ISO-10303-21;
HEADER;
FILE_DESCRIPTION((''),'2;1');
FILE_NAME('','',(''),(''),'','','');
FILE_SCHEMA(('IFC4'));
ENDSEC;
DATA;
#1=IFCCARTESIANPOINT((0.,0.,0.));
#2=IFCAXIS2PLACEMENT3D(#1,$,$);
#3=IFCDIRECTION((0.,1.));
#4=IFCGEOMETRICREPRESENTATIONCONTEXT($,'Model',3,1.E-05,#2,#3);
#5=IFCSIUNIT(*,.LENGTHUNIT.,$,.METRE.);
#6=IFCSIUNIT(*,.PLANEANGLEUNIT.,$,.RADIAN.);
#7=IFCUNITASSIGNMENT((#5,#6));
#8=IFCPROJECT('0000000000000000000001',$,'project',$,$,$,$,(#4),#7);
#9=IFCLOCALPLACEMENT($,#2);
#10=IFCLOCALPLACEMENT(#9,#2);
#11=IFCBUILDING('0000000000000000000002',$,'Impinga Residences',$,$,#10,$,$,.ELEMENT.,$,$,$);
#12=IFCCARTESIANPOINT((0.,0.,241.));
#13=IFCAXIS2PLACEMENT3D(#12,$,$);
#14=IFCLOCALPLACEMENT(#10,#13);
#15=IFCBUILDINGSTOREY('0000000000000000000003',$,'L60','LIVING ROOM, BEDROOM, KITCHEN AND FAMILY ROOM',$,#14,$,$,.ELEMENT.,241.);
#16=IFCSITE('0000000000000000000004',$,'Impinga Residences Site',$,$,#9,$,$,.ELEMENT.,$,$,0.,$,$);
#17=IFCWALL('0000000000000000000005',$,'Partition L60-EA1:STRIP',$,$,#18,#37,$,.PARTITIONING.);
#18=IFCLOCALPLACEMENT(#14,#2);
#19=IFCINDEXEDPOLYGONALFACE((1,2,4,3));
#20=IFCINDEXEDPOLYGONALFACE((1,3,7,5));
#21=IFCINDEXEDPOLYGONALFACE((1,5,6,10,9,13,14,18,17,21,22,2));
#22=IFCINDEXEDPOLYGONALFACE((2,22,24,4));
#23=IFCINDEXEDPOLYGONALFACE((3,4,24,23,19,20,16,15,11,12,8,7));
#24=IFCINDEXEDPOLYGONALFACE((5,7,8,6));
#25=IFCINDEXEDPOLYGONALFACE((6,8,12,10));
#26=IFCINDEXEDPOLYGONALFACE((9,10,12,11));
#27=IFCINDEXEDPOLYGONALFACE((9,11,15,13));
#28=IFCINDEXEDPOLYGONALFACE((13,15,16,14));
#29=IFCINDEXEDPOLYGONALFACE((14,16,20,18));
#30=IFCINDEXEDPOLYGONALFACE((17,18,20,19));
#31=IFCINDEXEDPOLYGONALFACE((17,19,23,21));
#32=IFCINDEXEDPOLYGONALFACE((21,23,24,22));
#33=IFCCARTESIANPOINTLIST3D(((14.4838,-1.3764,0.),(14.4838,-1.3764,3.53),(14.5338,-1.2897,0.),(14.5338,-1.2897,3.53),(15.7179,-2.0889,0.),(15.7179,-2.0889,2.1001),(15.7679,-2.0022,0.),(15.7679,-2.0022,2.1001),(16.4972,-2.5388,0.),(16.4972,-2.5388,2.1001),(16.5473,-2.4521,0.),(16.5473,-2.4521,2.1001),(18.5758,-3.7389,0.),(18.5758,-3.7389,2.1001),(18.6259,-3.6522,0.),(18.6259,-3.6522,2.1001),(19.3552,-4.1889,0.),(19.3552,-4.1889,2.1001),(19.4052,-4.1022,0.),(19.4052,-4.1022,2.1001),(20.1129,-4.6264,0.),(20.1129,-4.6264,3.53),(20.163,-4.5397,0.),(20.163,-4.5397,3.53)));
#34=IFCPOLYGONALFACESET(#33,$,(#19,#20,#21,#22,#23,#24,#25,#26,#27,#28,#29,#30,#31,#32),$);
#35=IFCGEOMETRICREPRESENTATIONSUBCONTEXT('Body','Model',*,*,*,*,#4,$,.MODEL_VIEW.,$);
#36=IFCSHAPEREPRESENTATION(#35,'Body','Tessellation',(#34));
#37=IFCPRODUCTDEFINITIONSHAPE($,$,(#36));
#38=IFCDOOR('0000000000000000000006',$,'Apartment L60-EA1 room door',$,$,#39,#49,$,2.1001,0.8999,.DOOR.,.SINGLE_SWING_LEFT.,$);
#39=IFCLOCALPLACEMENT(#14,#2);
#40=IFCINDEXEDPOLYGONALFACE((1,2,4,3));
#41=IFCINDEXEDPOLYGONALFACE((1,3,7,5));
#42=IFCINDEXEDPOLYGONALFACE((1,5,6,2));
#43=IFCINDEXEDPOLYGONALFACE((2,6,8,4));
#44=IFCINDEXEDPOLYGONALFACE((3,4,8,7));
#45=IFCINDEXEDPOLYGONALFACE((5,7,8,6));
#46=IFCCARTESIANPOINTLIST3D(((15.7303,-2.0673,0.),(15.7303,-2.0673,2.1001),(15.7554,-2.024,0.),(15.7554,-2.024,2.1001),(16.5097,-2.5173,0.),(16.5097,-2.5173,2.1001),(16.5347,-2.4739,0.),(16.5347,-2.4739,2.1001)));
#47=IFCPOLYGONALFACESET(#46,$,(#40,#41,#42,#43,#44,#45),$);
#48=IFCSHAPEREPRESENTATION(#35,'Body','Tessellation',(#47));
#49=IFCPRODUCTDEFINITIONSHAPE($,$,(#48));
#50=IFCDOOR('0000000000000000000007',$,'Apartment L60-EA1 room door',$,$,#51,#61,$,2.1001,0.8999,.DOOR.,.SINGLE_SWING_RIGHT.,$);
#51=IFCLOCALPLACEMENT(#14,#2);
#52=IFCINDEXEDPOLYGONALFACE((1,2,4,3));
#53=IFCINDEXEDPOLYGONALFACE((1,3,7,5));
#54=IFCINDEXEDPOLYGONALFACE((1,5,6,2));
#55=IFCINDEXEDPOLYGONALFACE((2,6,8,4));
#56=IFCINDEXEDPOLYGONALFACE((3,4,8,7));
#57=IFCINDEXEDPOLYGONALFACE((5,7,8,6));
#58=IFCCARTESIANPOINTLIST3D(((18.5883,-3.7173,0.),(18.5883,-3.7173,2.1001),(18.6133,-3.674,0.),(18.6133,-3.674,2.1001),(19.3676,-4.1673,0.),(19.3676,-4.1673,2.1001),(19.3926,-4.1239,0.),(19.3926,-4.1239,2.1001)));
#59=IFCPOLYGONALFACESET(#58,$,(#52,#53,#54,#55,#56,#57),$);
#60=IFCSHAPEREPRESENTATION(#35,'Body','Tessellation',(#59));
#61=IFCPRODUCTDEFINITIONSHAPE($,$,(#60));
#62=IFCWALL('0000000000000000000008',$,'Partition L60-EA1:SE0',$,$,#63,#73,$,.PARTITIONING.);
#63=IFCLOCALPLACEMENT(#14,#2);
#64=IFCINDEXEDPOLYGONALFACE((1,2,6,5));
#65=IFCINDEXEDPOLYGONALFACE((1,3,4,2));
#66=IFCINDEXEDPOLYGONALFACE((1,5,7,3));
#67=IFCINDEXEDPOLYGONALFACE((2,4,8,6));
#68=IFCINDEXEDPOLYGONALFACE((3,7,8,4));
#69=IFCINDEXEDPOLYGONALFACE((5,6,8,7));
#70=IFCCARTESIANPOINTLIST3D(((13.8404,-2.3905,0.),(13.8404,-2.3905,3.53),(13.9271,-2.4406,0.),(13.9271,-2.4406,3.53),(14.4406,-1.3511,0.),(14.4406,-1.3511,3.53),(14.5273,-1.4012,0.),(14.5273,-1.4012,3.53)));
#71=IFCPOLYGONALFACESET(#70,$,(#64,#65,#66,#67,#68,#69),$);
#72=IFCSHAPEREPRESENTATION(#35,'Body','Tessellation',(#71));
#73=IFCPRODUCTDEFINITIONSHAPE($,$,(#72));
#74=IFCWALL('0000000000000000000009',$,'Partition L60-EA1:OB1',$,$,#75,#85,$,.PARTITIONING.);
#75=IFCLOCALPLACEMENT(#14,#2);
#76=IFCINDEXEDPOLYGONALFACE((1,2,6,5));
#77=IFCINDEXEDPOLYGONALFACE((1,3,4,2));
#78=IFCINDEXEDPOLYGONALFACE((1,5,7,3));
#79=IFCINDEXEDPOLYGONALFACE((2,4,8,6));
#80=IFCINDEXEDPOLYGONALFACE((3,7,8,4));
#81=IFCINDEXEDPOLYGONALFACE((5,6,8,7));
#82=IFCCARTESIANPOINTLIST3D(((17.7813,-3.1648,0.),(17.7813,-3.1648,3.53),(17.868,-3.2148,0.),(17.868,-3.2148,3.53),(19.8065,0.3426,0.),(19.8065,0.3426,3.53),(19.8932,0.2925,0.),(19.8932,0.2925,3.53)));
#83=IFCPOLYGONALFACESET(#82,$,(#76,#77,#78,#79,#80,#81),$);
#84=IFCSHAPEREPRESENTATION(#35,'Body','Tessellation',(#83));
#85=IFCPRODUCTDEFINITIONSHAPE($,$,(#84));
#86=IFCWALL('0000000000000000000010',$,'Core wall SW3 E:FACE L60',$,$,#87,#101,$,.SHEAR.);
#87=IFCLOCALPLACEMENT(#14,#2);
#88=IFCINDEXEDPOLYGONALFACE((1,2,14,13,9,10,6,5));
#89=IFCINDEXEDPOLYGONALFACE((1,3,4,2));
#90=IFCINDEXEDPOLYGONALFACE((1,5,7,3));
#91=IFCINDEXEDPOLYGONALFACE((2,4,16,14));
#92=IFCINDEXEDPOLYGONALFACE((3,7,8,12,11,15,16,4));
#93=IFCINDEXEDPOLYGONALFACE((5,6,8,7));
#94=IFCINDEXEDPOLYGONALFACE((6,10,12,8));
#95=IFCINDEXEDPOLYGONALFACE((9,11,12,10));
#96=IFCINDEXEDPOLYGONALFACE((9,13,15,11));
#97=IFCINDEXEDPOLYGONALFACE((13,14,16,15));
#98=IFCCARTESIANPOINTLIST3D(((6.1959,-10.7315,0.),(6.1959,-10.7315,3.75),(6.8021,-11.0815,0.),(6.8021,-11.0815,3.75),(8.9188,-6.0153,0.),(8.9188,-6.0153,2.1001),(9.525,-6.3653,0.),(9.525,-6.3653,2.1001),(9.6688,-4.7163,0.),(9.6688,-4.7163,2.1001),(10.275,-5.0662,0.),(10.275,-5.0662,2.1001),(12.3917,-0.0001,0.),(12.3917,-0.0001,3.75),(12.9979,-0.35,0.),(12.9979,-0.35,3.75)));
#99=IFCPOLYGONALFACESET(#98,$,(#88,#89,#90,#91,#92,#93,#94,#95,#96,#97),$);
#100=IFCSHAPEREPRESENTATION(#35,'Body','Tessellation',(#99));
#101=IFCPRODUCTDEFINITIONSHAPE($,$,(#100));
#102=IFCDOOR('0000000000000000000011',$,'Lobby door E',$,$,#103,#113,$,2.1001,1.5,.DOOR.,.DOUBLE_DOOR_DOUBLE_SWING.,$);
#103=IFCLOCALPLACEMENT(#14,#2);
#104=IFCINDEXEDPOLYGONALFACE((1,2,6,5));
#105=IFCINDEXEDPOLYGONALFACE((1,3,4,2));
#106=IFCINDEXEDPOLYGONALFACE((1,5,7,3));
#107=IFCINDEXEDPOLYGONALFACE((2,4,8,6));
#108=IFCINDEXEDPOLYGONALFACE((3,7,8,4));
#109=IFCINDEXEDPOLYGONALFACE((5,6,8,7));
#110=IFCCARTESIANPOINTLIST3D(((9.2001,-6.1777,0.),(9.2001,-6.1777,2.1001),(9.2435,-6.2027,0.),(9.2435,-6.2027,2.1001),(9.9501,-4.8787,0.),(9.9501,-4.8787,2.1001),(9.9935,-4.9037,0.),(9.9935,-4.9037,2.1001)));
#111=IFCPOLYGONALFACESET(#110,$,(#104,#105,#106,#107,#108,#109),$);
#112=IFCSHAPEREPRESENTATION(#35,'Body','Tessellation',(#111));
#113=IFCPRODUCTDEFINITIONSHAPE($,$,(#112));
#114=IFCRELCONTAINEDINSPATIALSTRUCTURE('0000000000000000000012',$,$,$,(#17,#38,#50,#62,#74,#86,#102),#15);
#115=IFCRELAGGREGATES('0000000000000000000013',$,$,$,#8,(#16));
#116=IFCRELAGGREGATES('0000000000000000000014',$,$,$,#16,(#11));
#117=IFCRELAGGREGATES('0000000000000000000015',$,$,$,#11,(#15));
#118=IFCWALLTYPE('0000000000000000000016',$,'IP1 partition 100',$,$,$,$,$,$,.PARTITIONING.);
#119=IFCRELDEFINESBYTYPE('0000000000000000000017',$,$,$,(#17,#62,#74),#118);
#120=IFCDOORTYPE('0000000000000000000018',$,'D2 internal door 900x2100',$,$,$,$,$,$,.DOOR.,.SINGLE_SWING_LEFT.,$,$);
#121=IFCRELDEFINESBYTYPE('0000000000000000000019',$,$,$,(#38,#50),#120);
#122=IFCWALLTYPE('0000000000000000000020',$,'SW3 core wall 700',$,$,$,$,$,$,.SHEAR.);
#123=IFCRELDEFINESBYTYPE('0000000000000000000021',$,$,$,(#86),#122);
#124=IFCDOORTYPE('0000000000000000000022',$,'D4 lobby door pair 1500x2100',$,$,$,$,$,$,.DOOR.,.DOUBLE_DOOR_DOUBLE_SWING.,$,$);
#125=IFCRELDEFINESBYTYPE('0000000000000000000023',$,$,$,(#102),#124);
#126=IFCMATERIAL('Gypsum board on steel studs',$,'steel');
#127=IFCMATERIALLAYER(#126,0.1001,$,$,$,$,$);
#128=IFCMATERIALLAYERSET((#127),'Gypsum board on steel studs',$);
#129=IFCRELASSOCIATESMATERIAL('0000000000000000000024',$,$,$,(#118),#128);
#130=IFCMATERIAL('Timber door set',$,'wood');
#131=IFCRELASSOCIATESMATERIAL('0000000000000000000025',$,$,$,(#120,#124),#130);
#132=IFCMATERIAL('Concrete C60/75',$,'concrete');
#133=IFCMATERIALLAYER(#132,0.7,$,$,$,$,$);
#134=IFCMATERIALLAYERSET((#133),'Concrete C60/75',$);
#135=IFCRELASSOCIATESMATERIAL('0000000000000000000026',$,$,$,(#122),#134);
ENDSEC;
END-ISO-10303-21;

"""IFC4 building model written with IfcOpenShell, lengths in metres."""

from ifc_helpers import new_model, si_unit, direction, frame, frame_2d, origin, place, context, subcontext, project, spatial, rectangle, extrude, material, layer, layer_set, type_object, element, fill, save


model = new_model("IFC4")

# Units and contexts
model_context = context("Model", 3, precision=1e-05, world=origin(), true_north=direction((0.0, 1.0)))
body_context = subcontext(model_context, "Body", "Model", "MODEL_VIEW")
ifc_project = project(units=[si_unit("LENGTHUNIT", "METRE"), si_unit("PLANEANGLEUNIT", "RADIAN")], contexts=[model_context])

# Site, building, storey
site_placement = place(None, origin())
site = spatial("IfcSite", under=ifc_project, at=site_placement, Name="Impinga Residences Site", CompositionType="ELEMENT", RefElevation=0.0)
building_placement = place(site_placement, origin())
building = spatial("IfcBuilding", under=site, at=building_placement, Name="Impinga Residences", CompositionType="ELEMENT")
storey_placement = place(building_placement, frame((0.0, 0.0, 241.0)))
storey = spatial("IfcBuildingStorey", under=building, at=storey_placement, Name="L60", Description="LIVING ROOM, BEDROOM, KITCHEN AND FAMILY ROOM", CompositionType="ELEMENT", Elevation=241.0)

# Shared definitions
ifc_material_1 = material(Name="Concrete C60/75", Category="concrete")

# Shared definitions
ifc_material_2 = material(Name="Gypsum board on steel studs", Category="steel")
ifc_layer_1 = layer(ifc_material_2, 0.1001)
ifc_layer_set_1 = layer_set([ifc_layer_1], Name="Gypsum board on steel studs")
wall_type_1 = type_object("IfcWallType", Name="IP1 partition 100", PredefinedType="PARTITIONING", material=ifc_layer_set_1)

# Wall, openings, doors
wall_1_placement = place(storey_placement, frame((14.5088, -1.333, 0.0), z_axis=(0.0, 0.0, 1.0), x_axis=(0.866025, -0.500001, 0.0)))
wall_1 = element("IfcWall", 1, at=wall_1_placement, inside=storey, type_object=wall_type_1, Name="Partition L60-EA1:STRIP", PredefinedType="PARTITIONING", context=body_context, shape_type="SweptSolid", body=[
    extrude(rectangle(XDim=6.5, YDim=0.1001, at=frame_2d((3.25, 0.0))), origin(), (0.0, 0.0, 1.0), 3.53),
])
opening_1_placement = place(wall_1_placement, frame((1.425, 0.0, 0.0)))
opening_1 = element("IfcOpeningElement", 2, at=opening_1_placement, cuts=wall_1, PredefinedType="OPENING", context=body_context, shape_type="SweptSolid", body=[
    extrude(rectangle(XDim=0.8999, YDim=2.1001, at=frame_2d((0.45, 1.05))), frame((0.0, 0.0601, 0.0), z_axis=(0.0, -1.0, 0.0), x_axis=(1.0, 0.0, 0.0)), (0.0, 0.0, 1.0), 0.1201),
])
opening_2_placement = place(wall_1_placement, frame((4.7251, 0.0, 0.0)))
opening_2 = element("IfcOpeningElement", 3, at=opening_2_placement, cuts=wall_1, PredefinedType="OPENING", context=body_context, shape_type="SweptSolid", body=[
    extrude(rectangle(XDim=0.8999, YDim=2.1001, at=frame_2d((0.45, 1.05))), frame((0.0, 0.0601, 0.0), z_axis=(0.0, -1.0, 0.0), x_axis=(1.0, 0.0, 0.0)), (0.0, 0.0, 1.0), 0.1201),
])
ifc_material_3 = material(Name="Timber door set", Category="wood")
door_type_1 = type_object("IfcDoorType", Name="D2 internal door 900x2100", OperationType="SINGLE_SWING_LEFT", PredefinedType="DOOR", material=ifc_material_3)
door_1_placement = place(opening_1_placement, origin())
door_1 = element("IfcDoor", 4, at=door_1_placement, inside=storey, type_object=door_type_1, Name="Apartment L60-EA1 room door", OperationType="SINGLE_SWING_LEFT", OverallHeight=2.1001, OverallWidth=0.8999, PredefinedType="DOOR", context=body_context, shape_type="SweptSolid", body=[
    extrude(rectangle(XDim=0.8999, YDim=2.1001, at=frame_2d((0.45, 1.05))), frame((0.0, 0.0249, 0.0), z_axis=(0.0, -1.0, 0.0), x_axis=(1.0, 0.0, 0.0)), (0.0, 0.0, 1.0), 0.05),
])
fill(opening_1, door_1)
door_2_placement = place(opening_2_placement, origin())
door_2 = element("IfcDoor", 5, at=door_2_placement, inside=storey, type_object=door_type_1, Name="Apartment L60-EA1 room door", OperationType="SINGLE_SWING_RIGHT", OverallHeight=2.1001, OverallWidth=0.8999, PredefinedType="DOOR", context=body_context, shape_type="SweptSolid", body=[
    extrude(rectangle(XDim=0.8999, YDim=2.1001, at=frame_2d((0.45, 1.05))), frame((0.0, 0.0249, 0.0), z_axis=(0.0, -1.0, 0.0), x_axis=(1.0, 0.0, 0.0)), (0.0, 0.0, 1.0), 0.05),
])
fill(opening_2, door_2)

# Walls
wall_2_placement = place(storey_placement, frame((13.8838, -2.4155, 0.0), z_axis=(0.0, 0.0, 1.0), x_axis=(0.500034, 0.866006, 0.0)))
element("IfcWall", 6, at=wall_2_placement, inside=storey, type_object=wall_type_1, Name="Partition L60-EA1:SE0", PredefinedType="PARTITIONING", context=body_context, shape_type="SweptSolid", body=[
    extrude(rectangle(XDim=1.2002, YDim=0.1001, at=frame_2d((0.6001, 0.0))), origin(), (0.0, 0.0, 1.0), 3.53),
])
wall_3_placement = place(storey_placement, frame((17.8247, -3.1897, 0.0), z_axis=(0.0, 0.0, 1.0), x_axis=(0.500036, 0.866005, 0.0)))
element("IfcWall", 7, at=wall_3_placement, inside=storey, type_object=wall_type_1, Name="Partition L60-EA1:OB1", PredefinedType="PARTITIONING", context=body_context, shape_type="SweptSolid", body=[
    extrude(rectangle(XDim=4.05, YDim=0.1001, at=frame_2d((2.0249, 0.0))), origin(), (0.0, 0.0, 1.0), 3.53),
])

# Wall, opening, door
ifc_layer_2 = layer(ifc_material_1, 0.7)
ifc_layer_set_2 = layer_set([ifc_layer_2], Name="Concrete C60/75")
wall_type_2 = type_object("IfcWallType", Name="SW3 core wall 700", PredefinedType="SHEAR", material=ifc_layer_set_2)
wall_4_placement = place(storey_placement, frame((12.6948, -0.175, 0.0), z_axis=(0.0, 0.0, 1.0), x_axis=(-0.5, -0.866025, 0.0)))
wall_4 = element("IfcWall", 8, at=wall_4_placement, inside=storey, type_object=wall_type_2, Name="Core wall SW3 E:FACE L60", PredefinedType="SHEAR", context=body_context, shape_type="SweptSolid", body=[
    extrude(rectangle(XDim=12.3916, YDim=0.7, at=frame_2d((6.1958, 0.0))), origin(), (0.0, 0.0, 1.0), 3.75),
])
opening_3_placement = place(wall_4_placement, frame((5.4458, 0.0, 0.0)))
opening_3 = element("IfcOpeningElement", 9, at=opening_3_placement, cuts=wall_4, PredefinedType="OPENING", context=body_context, shape_type="SweptSolid", body=[
    extrude(rectangle(XDim=1.5, YDim=2.1001, at=frame_2d((0.75, 1.05))), frame((0.0, 0.3599, 0.0), z_axis=(0.0, -1.0, 0.0), x_axis=(1.0, 0.0, 0.0)), (0.0, 0.0, 1.0), 0.72),
])
door_type_2 = type_object("IfcDoorType", Name="D4 lobby door pair 1500x2100", OperationType="DOUBLE_DOOR_DOUBLE_SWING", PredefinedType="DOOR", material=ifc_material_3)
door_3_placement = place(opening_3_placement, origin())
door_3 = element("IfcDoor", 10, at=door_3_placement, inside=storey, type_object=door_type_2, Name="Lobby door E", OperationType="DOUBLE_DOOR_DOUBLE_SWING", OverallHeight=2.1001, OverallWidth=1.5, PredefinedType="DOOR", context=body_context, shape_type="SweptSolid", body=[
    extrude(rectangle(XDim=1.5, YDim=2.1001, at=frame_2d((0.75, 1.05))), frame((0.0, 0.0249, 0.0), z_axis=(0.0, -1.0, 0.0), x_axis=(1.0, 0.0, 0.0)), (0.0, 0.0, 1.0), 0.05),
])
fill(opening_3, door_3)

save(model, "model.ifc")
